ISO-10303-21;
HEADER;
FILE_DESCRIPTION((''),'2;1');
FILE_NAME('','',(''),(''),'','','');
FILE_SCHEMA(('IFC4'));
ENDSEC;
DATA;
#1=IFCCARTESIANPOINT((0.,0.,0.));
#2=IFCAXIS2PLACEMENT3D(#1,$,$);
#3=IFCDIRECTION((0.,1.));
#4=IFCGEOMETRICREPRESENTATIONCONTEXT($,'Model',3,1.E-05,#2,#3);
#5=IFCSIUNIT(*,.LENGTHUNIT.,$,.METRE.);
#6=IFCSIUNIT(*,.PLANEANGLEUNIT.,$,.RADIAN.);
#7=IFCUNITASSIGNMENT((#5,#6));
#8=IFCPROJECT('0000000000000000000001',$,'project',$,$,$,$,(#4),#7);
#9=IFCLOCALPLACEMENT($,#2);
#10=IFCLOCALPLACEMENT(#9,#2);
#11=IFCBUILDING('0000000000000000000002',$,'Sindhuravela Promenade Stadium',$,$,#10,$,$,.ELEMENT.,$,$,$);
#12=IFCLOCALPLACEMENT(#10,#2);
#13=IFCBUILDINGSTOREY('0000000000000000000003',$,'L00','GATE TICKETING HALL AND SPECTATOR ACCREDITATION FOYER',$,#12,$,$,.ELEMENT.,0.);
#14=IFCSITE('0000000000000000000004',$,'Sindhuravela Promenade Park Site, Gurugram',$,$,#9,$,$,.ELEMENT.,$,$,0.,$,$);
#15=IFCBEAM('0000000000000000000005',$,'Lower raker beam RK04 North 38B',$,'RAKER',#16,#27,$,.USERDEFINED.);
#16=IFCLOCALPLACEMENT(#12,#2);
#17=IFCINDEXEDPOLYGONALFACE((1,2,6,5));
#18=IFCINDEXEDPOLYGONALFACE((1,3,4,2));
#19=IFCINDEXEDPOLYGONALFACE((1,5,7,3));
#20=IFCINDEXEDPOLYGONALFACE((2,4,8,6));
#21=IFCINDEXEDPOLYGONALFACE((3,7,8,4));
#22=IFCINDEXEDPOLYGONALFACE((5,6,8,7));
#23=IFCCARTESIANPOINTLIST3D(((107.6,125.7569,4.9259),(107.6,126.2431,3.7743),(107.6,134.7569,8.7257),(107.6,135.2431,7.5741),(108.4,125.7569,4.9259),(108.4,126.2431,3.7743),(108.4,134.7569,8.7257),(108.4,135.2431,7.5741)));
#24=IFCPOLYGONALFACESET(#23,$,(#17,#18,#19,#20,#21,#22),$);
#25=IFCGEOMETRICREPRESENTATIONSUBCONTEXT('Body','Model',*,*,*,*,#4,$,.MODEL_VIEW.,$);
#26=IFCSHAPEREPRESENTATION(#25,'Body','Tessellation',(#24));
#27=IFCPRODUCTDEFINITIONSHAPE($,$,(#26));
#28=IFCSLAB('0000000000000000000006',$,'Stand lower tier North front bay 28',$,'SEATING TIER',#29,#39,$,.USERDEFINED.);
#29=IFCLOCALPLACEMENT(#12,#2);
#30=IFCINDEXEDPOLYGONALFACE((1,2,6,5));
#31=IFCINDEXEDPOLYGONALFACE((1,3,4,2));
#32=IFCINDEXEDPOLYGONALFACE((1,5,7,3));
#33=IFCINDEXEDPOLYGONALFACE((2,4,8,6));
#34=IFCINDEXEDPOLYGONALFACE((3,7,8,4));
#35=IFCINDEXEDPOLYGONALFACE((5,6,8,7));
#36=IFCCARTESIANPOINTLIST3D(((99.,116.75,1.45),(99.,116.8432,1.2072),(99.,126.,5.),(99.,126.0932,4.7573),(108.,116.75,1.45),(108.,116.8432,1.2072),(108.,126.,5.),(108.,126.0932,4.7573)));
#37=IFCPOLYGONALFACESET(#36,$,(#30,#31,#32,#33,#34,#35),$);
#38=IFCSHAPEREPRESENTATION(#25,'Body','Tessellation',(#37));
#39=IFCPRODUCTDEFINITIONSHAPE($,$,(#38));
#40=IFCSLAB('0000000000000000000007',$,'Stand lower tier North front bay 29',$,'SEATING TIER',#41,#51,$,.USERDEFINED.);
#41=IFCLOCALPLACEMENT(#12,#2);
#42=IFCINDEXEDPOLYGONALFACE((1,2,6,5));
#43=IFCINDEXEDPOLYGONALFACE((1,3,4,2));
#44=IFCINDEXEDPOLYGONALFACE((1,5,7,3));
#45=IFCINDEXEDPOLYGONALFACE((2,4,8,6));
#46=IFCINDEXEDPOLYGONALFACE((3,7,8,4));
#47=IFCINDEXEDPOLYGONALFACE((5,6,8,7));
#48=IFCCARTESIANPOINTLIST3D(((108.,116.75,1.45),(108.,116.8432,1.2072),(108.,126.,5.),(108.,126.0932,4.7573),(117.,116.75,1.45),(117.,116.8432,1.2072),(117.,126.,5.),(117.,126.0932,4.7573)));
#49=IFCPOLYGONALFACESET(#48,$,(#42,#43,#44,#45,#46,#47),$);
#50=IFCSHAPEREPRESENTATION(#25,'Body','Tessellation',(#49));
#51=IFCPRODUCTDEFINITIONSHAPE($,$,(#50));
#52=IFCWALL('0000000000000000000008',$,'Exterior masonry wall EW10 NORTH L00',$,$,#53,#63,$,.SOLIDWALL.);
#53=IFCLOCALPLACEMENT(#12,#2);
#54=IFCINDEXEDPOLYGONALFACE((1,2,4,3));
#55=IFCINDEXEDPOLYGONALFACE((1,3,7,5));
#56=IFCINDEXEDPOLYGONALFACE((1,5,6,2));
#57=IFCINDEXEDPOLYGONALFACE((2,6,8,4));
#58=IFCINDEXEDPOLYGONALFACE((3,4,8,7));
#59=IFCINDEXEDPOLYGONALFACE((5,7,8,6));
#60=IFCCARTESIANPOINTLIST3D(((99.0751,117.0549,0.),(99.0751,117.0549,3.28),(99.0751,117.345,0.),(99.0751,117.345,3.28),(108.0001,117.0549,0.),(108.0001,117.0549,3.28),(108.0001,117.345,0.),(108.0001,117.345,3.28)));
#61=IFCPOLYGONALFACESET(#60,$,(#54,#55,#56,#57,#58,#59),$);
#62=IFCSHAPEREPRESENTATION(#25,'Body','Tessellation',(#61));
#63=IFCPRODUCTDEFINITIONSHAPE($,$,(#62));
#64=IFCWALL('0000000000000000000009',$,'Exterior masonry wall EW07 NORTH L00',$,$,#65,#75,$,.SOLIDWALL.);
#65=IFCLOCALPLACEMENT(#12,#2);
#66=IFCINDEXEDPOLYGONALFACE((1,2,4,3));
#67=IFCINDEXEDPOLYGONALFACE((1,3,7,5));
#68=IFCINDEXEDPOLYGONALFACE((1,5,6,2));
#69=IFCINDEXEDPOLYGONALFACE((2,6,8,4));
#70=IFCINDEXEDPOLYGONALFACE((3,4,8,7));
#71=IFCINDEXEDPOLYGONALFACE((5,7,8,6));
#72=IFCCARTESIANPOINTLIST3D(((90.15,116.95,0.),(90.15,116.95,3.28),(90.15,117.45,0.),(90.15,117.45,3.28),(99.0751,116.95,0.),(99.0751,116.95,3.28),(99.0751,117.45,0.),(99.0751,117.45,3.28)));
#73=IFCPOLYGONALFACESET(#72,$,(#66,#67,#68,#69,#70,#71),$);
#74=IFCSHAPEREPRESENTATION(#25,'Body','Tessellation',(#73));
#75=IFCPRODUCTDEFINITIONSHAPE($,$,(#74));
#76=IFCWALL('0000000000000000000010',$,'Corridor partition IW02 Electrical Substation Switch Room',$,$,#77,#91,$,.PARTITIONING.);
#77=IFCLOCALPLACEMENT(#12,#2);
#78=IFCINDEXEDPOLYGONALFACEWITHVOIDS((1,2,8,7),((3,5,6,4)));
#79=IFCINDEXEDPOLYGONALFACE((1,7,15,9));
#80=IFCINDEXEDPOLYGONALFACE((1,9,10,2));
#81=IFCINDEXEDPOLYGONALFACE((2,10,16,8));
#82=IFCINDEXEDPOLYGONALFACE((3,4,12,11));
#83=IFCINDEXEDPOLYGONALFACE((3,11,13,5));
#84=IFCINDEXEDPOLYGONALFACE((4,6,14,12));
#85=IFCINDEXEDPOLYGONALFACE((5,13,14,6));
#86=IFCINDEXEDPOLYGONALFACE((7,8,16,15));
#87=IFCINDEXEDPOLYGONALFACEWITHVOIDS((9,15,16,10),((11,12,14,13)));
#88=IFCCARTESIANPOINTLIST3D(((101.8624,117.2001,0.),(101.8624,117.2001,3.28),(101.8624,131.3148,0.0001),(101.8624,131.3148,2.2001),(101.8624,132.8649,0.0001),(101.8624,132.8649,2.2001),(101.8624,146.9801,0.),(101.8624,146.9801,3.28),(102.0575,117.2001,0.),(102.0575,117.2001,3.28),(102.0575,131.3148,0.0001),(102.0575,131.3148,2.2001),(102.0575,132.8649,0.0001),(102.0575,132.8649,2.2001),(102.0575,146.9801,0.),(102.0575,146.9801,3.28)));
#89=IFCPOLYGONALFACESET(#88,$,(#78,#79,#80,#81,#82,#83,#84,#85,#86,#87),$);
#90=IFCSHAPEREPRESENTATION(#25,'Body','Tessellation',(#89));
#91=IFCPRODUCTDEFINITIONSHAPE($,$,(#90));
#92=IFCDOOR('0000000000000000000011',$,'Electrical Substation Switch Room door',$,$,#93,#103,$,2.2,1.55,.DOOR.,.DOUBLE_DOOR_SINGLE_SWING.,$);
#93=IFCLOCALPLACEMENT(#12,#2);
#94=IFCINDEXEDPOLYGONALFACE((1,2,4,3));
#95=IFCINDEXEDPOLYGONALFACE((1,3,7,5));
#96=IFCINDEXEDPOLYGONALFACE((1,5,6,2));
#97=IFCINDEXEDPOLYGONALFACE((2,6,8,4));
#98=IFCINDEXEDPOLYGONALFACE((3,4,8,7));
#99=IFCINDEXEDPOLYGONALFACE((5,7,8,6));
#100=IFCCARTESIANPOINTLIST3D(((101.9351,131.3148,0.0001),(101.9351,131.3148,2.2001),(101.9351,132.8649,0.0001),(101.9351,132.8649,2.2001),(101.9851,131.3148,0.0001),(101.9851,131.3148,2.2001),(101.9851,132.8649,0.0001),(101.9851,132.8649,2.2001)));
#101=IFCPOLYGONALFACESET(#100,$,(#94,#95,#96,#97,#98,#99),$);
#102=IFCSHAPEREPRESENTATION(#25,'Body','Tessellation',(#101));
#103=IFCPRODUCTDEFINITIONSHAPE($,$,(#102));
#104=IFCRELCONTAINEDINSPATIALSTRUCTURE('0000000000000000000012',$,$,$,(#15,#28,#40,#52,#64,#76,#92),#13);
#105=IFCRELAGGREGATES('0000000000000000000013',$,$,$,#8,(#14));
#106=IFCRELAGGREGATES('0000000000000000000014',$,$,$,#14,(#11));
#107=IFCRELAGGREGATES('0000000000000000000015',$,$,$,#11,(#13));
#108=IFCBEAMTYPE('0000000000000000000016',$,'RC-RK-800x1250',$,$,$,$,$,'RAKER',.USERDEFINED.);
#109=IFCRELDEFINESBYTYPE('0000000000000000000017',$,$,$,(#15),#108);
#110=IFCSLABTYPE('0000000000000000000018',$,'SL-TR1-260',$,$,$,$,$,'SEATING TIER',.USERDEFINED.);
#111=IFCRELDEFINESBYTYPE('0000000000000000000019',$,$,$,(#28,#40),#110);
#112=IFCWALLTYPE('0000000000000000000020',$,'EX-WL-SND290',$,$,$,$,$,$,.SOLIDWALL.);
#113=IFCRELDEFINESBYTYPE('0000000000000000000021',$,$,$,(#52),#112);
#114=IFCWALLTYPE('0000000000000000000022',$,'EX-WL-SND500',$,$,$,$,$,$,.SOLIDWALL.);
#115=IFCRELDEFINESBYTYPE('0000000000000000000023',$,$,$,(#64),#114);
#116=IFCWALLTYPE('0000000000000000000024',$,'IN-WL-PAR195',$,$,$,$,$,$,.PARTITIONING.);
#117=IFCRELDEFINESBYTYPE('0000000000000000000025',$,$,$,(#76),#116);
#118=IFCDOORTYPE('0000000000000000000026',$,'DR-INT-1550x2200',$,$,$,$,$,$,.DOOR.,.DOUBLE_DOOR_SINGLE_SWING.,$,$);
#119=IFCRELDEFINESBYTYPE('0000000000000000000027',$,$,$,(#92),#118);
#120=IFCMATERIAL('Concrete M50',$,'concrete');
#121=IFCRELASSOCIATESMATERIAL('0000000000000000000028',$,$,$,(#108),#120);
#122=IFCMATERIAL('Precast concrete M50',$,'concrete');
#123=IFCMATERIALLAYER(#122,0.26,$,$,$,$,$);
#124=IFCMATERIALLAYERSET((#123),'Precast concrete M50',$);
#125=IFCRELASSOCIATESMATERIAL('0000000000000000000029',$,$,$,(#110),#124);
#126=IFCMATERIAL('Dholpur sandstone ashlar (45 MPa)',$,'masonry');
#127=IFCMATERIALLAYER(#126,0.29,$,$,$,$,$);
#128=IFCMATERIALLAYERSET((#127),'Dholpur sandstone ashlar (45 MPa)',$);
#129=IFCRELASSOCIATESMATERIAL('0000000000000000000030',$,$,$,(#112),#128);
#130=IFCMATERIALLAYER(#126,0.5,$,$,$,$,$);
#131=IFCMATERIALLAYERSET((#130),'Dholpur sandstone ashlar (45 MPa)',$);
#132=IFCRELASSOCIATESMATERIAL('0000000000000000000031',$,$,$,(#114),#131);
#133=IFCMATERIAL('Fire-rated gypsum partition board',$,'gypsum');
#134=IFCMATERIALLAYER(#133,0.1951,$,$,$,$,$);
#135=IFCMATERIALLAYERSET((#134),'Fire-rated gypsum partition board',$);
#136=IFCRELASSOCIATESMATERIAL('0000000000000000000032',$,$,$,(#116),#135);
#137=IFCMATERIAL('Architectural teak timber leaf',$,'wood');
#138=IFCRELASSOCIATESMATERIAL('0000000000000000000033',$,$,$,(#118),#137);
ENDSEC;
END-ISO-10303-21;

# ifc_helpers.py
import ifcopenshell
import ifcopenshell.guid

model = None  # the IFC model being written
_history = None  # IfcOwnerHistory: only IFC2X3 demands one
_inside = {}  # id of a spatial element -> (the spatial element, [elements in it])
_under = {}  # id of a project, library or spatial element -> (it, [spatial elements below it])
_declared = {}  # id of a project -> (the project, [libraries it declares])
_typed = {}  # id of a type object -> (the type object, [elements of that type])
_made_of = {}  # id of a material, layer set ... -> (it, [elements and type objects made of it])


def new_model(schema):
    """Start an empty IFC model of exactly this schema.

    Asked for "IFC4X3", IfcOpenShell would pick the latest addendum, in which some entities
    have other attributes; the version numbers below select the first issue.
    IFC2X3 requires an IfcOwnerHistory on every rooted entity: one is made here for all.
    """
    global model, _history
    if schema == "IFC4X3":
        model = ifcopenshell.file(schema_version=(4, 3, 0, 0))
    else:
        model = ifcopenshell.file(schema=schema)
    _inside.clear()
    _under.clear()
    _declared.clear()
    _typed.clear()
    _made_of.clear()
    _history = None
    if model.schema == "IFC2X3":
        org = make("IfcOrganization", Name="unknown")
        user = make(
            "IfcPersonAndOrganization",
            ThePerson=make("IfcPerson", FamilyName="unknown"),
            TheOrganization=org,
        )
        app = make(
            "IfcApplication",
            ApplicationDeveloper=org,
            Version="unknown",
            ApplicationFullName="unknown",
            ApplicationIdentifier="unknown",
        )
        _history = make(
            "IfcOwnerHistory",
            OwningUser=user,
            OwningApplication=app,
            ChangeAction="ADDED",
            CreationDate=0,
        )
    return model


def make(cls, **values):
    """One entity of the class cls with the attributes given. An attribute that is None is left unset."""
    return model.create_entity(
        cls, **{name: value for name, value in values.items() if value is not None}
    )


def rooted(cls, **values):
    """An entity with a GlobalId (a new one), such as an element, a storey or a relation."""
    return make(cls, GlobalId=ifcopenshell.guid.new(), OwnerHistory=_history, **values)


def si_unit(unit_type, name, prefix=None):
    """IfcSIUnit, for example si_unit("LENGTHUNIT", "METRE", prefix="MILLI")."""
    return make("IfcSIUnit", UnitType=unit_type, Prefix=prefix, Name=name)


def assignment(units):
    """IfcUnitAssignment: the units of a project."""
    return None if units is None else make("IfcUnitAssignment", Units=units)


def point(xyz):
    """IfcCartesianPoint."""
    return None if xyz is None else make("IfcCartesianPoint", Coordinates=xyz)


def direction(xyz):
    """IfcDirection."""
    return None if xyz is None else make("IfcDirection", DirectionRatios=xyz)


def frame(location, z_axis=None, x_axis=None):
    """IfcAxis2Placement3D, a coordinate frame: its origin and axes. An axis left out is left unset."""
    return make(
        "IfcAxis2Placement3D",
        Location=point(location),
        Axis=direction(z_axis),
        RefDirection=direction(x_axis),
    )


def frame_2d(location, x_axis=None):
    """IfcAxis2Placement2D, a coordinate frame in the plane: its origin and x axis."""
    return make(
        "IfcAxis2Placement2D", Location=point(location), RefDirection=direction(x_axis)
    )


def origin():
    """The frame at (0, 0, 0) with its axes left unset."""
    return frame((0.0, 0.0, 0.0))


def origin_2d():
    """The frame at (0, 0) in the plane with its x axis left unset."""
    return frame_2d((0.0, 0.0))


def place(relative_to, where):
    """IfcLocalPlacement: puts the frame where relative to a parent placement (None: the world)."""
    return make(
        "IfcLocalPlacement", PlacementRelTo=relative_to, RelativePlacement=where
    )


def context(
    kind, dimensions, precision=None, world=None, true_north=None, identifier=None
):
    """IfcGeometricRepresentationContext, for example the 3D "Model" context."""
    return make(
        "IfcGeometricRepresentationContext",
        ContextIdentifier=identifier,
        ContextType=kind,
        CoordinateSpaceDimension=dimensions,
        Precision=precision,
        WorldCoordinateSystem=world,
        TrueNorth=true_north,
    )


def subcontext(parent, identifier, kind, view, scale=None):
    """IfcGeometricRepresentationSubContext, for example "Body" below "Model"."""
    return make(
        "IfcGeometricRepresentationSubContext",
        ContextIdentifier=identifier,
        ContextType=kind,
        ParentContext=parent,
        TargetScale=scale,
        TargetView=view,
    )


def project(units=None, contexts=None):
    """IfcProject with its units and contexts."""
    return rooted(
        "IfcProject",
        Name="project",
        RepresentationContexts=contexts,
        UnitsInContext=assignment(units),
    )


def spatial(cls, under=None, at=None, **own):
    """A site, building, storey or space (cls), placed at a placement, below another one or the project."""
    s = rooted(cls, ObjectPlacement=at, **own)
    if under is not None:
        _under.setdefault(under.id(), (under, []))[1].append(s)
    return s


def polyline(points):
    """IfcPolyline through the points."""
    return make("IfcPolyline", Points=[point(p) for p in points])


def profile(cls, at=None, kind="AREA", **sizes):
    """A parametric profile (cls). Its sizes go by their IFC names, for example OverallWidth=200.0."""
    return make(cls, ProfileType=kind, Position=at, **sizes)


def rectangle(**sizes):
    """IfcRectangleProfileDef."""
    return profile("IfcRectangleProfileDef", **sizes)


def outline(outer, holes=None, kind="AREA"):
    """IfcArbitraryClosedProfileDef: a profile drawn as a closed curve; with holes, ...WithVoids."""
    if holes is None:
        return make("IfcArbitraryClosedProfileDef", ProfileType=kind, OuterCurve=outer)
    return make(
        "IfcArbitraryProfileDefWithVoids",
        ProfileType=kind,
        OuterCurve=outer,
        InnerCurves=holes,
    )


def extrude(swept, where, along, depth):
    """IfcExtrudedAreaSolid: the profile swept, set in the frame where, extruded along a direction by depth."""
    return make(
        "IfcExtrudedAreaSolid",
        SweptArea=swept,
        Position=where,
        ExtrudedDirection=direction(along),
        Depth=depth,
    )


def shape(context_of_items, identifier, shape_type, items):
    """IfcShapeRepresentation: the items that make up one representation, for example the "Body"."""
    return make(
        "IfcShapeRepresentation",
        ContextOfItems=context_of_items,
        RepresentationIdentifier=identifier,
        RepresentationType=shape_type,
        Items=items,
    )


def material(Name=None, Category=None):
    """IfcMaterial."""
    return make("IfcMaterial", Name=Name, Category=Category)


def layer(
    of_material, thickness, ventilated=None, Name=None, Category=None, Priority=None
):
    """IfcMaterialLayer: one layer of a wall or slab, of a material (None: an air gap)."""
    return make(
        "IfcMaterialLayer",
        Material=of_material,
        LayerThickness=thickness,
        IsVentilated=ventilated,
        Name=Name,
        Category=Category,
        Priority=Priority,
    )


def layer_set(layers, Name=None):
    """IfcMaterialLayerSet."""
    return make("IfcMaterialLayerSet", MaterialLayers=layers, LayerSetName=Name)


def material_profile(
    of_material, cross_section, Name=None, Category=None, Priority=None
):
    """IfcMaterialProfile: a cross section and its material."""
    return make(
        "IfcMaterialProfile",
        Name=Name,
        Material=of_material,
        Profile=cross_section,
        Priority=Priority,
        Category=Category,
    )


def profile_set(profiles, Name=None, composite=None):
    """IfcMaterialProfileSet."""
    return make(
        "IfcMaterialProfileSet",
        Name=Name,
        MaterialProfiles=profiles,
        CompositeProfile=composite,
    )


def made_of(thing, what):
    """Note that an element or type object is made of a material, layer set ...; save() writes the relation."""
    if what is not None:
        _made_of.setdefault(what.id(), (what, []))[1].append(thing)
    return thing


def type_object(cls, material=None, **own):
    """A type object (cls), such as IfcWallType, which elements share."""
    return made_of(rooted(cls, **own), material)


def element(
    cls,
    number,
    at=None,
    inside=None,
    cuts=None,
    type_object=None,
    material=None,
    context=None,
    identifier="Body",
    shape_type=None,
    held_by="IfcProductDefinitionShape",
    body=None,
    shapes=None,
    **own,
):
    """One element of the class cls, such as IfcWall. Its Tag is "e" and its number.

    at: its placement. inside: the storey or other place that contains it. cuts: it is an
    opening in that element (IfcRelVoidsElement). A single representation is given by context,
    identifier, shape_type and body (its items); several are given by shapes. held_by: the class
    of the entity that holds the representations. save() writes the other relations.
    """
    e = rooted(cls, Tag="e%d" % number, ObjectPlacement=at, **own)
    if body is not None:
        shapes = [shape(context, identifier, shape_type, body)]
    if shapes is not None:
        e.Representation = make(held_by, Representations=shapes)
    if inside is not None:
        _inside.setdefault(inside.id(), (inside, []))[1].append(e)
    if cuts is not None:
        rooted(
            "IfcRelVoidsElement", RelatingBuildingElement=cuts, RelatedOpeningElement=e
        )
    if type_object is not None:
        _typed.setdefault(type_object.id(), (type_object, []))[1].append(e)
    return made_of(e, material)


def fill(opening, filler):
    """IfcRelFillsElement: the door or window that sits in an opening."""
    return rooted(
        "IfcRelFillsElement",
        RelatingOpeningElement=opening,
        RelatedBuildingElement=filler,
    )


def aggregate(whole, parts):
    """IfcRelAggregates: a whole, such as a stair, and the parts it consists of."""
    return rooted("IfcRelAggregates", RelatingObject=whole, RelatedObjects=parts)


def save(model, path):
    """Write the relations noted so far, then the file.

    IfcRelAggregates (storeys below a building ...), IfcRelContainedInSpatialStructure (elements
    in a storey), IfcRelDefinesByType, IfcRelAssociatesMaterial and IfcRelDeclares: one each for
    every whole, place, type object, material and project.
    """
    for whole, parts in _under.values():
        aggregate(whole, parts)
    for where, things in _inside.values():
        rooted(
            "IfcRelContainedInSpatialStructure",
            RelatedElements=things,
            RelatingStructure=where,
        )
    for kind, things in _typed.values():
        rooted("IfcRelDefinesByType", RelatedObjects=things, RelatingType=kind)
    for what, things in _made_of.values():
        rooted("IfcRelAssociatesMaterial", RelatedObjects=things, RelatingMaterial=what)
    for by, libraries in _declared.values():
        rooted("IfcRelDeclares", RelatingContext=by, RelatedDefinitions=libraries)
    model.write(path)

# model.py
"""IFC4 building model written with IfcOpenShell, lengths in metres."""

from ifc_helpers import new_model, si_unit, direction, frame, frame_2d, origin, origin_2d, place, context, subcontext, project, spatial, polyline, rectangle, outline, extrude, material, layer, layer_set, material_profile, profile_set, type_object, element, fill, save


model = new_model("IFC4")

# Units and contexts
model_context = context("Model", 3, precision=1e-05, world=origin(), true_north=direction((0.0, 1.0)))
body_context = subcontext(model_context, "Body", "Model", "MODEL_VIEW")
ifc_project = project(units=[si_unit("LENGTHUNIT", "METRE"), si_unit("PLANEANGLEUNIT", "RADIAN")], contexts=[model_context])

# Site, building, storey
site_placement = place(None, origin())
site = spatial("IfcSite", under=ifc_project, at=site_placement, Name="Sindhuravela Promenade Park Site, Gurugram", CompositionType="ELEMENT", RefElevation=0.0)
building_placement = place(site_placement, origin())
building = spatial("IfcBuilding", under=site, at=building_placement, Name="Sindhuravela Promenade Stadium", CompositionType="ELEMENT")
storey_placement = place(building_placement, origin())
storey = spatial("IfcBuildingStorey", under=building, at=storey_placement, Name="L00", Description="GATE TICKETING HALL AND SPECTATOR ACCREDITATION FOYER", CompositionType="ELEMENT", Elevation=0.0)

# Shared definitions
ifc_material_1 = material(Name="Concrete M50", Category="concrete")

# Beam
ifc_material_profile_1 = material_profile(ifc_material_1, rectangle(XDim=0.8, YDim=1.25, at=origin_2d()), Name="RC 800x1250")
ifc_profile_set_1 = profile_set([ifc_material_profile_1], Name="Concrete M50")
beam_type_1 = type_object("IfcBeamType", Name="RC-RK-800x1250", ElementType="RAKER", PredefinedType="USERDEFINED", material=ifc_profile_set_1)
for number, where, z_axis, x_axis, name in (
    (1, (108.0, 126.0, 4.3501), (0.0, 0.921257, 0.388955), (-1.0, 0.0, 0.0), "Lower raker beam RK04 North 38B"),
):
    element("IfcBeam", number, at=place(storey_placement, frame(where, z_axis=z_axis, x_axis=x_axis)), inside=storey, type_object=beam_type_1, Name=name, ObjectType="RAKER", PredefinedType="USERDEFINED", context=body_context, shape_type="SweptSolid", body=[
        extrude(rectangle(XDim=0.8, YDim=1.25, at=origin_2d()), origin(), (0.0, 0.0, 1.0), 9.7693),
    ])

# Slabs
ifc_material_2 = material(Name="Precast concrete M50", Category="concrete")
ifc_layer_1 = layer(ifc_material_2, 0.26)
ifc_layer_set_1 = layer_set([ifc_layer_1], Name="Precast concrete M50")
slab_type = type_object("IfcSlabType", Name="SL-TR1-260", ElementType="SEATING TIER", PredefinedType="USERDEFINED", material=ifc_layer_set_1)
for number, where, z_axis, x_axis, name in (
    (2, (99.0, 116.75, 1.45), (0.0, -0.358307, 0.933604), (1.0, 0.0, 0.0), "Stand lower tier North front bay 28"),
    (3, (108.0, 116.75, 1.45), (0.0, -0.358307, 0.933604), (1.0, 0.0, 0.0), "Stand lower tier North front bay 29"),
):
    element("IfcSlab", number, at=place(storey_placement, frame(where, z_axis=z_axis, x_axis=x_axis)), inside=storey, type_object=slab_type, Name=name, ObjectType="SEATING TIER", PredefinedType="USERDEFINED", context=body_context, shape_type="SweptSolid", body=[
        extrude(outline(polyline([(0.0, 0.0), (9.0, 0.0), (9.0, 9.9078), (0.0, 9.9078), (0.0, 0.0)])), origin(), (0.0, 0.0, -1.0), 0.26),
    ])

# Walls
ifc_material_3 = material(Name="Dholpur sandstone ashlar (45 MPa)", Category="masonry")
ifc_layer_2 = layer(ifc_material_3, 0.29)
ifc_layer_set_2 = layer_set([ifc_layer_2], Name="Dholpur sandstone ashlar (45 MPa)")
wall_type_1 = type_object("IfcWallType", Name="EX-WL-SND290", PredefinedType="SOLIDWALL", material=ifc_layer_set_2)
wall_1_placement = place(storey_placement, frame((108.0, 117.2, 0.0), z_axis=(0.0, 0.0, 1.0), x_axis=(-1.0, 0.0, 0.0)))
element("IfcWall", 4, at=wall_1_placement, inside=storey, type_object=wall_type_1, Name="Exterior masonry wall EW10 NORTH L00", PredefinedType="SOLIDWALL", context=body_context, shape_type="SweptSolid", body=[
    extrude(rectangle(XDim=8.925, YDim=0.29, at=frame_2d((4.4624, 0.0))), origin(), (0.0, 0.0, 1.0), 3.28),
])
ifc_layer_3 = layer(ifc_material_3, 0.5)
ifc_layer_set_3 = layer_set([ifc_layer_3], Name="Dholpur sandstone ashlar (45 MPa)")
wall_type_2 = type_object("IfcWallType", Name="EX-WL-SND500", PredefinedType="SOLIDWALL", material=ifc_layer_set_3)
wall_2_placement = place(storey_placement, frame((99.075, 117.2, 0.0), z_axis=(0.0, 0.0, 1.0), x_axis=(-1.0, 0.0, 0.0)))
element("IfcWall", 5, at=wall_2_placement, inside=storey, type_object=wall_type_2, Name="Exterior masonry wall EW07 NORTH L00", PredefinedType="SOLIDWALL", context=body_context, shape_type="SweptSolid", body=[
    extrude(rectangle(XDim=8.925, YDim=0.5, at=frame_2d((4.4624, 0.0))), origin(), (0.0, 0.0, 1.0), 3.28),
])

# Wall, opening, door
ifc_material_4 = material(Name="Fire-rated gypsum partition board", Category="gypsum")
ifc_layer_4 = layer(ifc_material_4, 0.1951)
ifc_layer_set_4 = layer_set([ifc_layer_4], Name="Fire-rated gypsum partition board")
wall_type_3 = type_object("IfcWallType", Name="IN-WL-PAR195", PredefinedType="PARTITIONING", material=ifc_layer_set_4)
wall_3_placement = place(storey_placement, frame((101.96, 117.2, 0.0), z_axis=(0.0, 0.0, 1.0), x_axis=(0.0, 1.0, 0.0)))
wall_3 = element("IfcWall", 6, at=wall_3_placement, inside=storey, type_object=wall_type_3, Name="Corridor partition IW02 Electrical Substation Switch Room", PredefinedType="PARTITIONING", context=body_context, shape_type="SweptSolid", body=[
    extrude(rectangle(XDim=29.78, YDim=0.1951, at=frame_2d((14.8901, 0.0))), origin(), (0.0, 0.0, 1.0), 3.28),
])
opening_placement = place(wall_3_placement, frame((14.115, 0.0, 0.0)))
opening = element("IfcOpeningElement", 7, at=opening_placement, cuts=wall_3, PredefinedType="OPENING", context=body_context, shape_type="SweptSolid", body=[
    extrude(rectangle(XDim=1.55, YDim=2.2, at=frame_2d((0.7749, 1.1001))), frame((0.0, 0.1074, 0.0), z_axis=(0.0, -1.0, 0.0), x_axis=(1.0, 0.0, 0.0)), (0.0, 0.0, 1.0), 0.2151),
])
ifc_material_5 = material(Name="Architectural teak timber leaf", Category="wood")
door_type = type_object("IfcDoorType", Name="DR-INT-1550x2200", OperationType="DOUBLE_DOOR_SINGLE_SWING", PredefinedType="DOOR", material=ifc_material_5)
door_placement = place(opening_placement, origin())
door = element("IfcDoor", 8, at=door_placement, inside=storey, type_object=door_type, Name="Electrical Substation Switch Room door", OperationType="DOUBLE_DOOR_SINGLE_SWING", OverallHeight=2.2, OverallWidth=1.55, PredefinedType="DOOR", context=body_context, shape_type="SweptSolid", body=[
    extrude(rectangle(XDim=1.55, YDim=2.2, at=frame_2d((0.7749, 1.1001))), frame((0.0, 0.0249, 0.0), z_axis=(0.0, -1.0, 0.0), x_axis=(1.0, 0.0, 0.0)), (0.0, 0.0, 1.0), 0.05),
])
fill(opening, door)

save(model, "model.ifc")
